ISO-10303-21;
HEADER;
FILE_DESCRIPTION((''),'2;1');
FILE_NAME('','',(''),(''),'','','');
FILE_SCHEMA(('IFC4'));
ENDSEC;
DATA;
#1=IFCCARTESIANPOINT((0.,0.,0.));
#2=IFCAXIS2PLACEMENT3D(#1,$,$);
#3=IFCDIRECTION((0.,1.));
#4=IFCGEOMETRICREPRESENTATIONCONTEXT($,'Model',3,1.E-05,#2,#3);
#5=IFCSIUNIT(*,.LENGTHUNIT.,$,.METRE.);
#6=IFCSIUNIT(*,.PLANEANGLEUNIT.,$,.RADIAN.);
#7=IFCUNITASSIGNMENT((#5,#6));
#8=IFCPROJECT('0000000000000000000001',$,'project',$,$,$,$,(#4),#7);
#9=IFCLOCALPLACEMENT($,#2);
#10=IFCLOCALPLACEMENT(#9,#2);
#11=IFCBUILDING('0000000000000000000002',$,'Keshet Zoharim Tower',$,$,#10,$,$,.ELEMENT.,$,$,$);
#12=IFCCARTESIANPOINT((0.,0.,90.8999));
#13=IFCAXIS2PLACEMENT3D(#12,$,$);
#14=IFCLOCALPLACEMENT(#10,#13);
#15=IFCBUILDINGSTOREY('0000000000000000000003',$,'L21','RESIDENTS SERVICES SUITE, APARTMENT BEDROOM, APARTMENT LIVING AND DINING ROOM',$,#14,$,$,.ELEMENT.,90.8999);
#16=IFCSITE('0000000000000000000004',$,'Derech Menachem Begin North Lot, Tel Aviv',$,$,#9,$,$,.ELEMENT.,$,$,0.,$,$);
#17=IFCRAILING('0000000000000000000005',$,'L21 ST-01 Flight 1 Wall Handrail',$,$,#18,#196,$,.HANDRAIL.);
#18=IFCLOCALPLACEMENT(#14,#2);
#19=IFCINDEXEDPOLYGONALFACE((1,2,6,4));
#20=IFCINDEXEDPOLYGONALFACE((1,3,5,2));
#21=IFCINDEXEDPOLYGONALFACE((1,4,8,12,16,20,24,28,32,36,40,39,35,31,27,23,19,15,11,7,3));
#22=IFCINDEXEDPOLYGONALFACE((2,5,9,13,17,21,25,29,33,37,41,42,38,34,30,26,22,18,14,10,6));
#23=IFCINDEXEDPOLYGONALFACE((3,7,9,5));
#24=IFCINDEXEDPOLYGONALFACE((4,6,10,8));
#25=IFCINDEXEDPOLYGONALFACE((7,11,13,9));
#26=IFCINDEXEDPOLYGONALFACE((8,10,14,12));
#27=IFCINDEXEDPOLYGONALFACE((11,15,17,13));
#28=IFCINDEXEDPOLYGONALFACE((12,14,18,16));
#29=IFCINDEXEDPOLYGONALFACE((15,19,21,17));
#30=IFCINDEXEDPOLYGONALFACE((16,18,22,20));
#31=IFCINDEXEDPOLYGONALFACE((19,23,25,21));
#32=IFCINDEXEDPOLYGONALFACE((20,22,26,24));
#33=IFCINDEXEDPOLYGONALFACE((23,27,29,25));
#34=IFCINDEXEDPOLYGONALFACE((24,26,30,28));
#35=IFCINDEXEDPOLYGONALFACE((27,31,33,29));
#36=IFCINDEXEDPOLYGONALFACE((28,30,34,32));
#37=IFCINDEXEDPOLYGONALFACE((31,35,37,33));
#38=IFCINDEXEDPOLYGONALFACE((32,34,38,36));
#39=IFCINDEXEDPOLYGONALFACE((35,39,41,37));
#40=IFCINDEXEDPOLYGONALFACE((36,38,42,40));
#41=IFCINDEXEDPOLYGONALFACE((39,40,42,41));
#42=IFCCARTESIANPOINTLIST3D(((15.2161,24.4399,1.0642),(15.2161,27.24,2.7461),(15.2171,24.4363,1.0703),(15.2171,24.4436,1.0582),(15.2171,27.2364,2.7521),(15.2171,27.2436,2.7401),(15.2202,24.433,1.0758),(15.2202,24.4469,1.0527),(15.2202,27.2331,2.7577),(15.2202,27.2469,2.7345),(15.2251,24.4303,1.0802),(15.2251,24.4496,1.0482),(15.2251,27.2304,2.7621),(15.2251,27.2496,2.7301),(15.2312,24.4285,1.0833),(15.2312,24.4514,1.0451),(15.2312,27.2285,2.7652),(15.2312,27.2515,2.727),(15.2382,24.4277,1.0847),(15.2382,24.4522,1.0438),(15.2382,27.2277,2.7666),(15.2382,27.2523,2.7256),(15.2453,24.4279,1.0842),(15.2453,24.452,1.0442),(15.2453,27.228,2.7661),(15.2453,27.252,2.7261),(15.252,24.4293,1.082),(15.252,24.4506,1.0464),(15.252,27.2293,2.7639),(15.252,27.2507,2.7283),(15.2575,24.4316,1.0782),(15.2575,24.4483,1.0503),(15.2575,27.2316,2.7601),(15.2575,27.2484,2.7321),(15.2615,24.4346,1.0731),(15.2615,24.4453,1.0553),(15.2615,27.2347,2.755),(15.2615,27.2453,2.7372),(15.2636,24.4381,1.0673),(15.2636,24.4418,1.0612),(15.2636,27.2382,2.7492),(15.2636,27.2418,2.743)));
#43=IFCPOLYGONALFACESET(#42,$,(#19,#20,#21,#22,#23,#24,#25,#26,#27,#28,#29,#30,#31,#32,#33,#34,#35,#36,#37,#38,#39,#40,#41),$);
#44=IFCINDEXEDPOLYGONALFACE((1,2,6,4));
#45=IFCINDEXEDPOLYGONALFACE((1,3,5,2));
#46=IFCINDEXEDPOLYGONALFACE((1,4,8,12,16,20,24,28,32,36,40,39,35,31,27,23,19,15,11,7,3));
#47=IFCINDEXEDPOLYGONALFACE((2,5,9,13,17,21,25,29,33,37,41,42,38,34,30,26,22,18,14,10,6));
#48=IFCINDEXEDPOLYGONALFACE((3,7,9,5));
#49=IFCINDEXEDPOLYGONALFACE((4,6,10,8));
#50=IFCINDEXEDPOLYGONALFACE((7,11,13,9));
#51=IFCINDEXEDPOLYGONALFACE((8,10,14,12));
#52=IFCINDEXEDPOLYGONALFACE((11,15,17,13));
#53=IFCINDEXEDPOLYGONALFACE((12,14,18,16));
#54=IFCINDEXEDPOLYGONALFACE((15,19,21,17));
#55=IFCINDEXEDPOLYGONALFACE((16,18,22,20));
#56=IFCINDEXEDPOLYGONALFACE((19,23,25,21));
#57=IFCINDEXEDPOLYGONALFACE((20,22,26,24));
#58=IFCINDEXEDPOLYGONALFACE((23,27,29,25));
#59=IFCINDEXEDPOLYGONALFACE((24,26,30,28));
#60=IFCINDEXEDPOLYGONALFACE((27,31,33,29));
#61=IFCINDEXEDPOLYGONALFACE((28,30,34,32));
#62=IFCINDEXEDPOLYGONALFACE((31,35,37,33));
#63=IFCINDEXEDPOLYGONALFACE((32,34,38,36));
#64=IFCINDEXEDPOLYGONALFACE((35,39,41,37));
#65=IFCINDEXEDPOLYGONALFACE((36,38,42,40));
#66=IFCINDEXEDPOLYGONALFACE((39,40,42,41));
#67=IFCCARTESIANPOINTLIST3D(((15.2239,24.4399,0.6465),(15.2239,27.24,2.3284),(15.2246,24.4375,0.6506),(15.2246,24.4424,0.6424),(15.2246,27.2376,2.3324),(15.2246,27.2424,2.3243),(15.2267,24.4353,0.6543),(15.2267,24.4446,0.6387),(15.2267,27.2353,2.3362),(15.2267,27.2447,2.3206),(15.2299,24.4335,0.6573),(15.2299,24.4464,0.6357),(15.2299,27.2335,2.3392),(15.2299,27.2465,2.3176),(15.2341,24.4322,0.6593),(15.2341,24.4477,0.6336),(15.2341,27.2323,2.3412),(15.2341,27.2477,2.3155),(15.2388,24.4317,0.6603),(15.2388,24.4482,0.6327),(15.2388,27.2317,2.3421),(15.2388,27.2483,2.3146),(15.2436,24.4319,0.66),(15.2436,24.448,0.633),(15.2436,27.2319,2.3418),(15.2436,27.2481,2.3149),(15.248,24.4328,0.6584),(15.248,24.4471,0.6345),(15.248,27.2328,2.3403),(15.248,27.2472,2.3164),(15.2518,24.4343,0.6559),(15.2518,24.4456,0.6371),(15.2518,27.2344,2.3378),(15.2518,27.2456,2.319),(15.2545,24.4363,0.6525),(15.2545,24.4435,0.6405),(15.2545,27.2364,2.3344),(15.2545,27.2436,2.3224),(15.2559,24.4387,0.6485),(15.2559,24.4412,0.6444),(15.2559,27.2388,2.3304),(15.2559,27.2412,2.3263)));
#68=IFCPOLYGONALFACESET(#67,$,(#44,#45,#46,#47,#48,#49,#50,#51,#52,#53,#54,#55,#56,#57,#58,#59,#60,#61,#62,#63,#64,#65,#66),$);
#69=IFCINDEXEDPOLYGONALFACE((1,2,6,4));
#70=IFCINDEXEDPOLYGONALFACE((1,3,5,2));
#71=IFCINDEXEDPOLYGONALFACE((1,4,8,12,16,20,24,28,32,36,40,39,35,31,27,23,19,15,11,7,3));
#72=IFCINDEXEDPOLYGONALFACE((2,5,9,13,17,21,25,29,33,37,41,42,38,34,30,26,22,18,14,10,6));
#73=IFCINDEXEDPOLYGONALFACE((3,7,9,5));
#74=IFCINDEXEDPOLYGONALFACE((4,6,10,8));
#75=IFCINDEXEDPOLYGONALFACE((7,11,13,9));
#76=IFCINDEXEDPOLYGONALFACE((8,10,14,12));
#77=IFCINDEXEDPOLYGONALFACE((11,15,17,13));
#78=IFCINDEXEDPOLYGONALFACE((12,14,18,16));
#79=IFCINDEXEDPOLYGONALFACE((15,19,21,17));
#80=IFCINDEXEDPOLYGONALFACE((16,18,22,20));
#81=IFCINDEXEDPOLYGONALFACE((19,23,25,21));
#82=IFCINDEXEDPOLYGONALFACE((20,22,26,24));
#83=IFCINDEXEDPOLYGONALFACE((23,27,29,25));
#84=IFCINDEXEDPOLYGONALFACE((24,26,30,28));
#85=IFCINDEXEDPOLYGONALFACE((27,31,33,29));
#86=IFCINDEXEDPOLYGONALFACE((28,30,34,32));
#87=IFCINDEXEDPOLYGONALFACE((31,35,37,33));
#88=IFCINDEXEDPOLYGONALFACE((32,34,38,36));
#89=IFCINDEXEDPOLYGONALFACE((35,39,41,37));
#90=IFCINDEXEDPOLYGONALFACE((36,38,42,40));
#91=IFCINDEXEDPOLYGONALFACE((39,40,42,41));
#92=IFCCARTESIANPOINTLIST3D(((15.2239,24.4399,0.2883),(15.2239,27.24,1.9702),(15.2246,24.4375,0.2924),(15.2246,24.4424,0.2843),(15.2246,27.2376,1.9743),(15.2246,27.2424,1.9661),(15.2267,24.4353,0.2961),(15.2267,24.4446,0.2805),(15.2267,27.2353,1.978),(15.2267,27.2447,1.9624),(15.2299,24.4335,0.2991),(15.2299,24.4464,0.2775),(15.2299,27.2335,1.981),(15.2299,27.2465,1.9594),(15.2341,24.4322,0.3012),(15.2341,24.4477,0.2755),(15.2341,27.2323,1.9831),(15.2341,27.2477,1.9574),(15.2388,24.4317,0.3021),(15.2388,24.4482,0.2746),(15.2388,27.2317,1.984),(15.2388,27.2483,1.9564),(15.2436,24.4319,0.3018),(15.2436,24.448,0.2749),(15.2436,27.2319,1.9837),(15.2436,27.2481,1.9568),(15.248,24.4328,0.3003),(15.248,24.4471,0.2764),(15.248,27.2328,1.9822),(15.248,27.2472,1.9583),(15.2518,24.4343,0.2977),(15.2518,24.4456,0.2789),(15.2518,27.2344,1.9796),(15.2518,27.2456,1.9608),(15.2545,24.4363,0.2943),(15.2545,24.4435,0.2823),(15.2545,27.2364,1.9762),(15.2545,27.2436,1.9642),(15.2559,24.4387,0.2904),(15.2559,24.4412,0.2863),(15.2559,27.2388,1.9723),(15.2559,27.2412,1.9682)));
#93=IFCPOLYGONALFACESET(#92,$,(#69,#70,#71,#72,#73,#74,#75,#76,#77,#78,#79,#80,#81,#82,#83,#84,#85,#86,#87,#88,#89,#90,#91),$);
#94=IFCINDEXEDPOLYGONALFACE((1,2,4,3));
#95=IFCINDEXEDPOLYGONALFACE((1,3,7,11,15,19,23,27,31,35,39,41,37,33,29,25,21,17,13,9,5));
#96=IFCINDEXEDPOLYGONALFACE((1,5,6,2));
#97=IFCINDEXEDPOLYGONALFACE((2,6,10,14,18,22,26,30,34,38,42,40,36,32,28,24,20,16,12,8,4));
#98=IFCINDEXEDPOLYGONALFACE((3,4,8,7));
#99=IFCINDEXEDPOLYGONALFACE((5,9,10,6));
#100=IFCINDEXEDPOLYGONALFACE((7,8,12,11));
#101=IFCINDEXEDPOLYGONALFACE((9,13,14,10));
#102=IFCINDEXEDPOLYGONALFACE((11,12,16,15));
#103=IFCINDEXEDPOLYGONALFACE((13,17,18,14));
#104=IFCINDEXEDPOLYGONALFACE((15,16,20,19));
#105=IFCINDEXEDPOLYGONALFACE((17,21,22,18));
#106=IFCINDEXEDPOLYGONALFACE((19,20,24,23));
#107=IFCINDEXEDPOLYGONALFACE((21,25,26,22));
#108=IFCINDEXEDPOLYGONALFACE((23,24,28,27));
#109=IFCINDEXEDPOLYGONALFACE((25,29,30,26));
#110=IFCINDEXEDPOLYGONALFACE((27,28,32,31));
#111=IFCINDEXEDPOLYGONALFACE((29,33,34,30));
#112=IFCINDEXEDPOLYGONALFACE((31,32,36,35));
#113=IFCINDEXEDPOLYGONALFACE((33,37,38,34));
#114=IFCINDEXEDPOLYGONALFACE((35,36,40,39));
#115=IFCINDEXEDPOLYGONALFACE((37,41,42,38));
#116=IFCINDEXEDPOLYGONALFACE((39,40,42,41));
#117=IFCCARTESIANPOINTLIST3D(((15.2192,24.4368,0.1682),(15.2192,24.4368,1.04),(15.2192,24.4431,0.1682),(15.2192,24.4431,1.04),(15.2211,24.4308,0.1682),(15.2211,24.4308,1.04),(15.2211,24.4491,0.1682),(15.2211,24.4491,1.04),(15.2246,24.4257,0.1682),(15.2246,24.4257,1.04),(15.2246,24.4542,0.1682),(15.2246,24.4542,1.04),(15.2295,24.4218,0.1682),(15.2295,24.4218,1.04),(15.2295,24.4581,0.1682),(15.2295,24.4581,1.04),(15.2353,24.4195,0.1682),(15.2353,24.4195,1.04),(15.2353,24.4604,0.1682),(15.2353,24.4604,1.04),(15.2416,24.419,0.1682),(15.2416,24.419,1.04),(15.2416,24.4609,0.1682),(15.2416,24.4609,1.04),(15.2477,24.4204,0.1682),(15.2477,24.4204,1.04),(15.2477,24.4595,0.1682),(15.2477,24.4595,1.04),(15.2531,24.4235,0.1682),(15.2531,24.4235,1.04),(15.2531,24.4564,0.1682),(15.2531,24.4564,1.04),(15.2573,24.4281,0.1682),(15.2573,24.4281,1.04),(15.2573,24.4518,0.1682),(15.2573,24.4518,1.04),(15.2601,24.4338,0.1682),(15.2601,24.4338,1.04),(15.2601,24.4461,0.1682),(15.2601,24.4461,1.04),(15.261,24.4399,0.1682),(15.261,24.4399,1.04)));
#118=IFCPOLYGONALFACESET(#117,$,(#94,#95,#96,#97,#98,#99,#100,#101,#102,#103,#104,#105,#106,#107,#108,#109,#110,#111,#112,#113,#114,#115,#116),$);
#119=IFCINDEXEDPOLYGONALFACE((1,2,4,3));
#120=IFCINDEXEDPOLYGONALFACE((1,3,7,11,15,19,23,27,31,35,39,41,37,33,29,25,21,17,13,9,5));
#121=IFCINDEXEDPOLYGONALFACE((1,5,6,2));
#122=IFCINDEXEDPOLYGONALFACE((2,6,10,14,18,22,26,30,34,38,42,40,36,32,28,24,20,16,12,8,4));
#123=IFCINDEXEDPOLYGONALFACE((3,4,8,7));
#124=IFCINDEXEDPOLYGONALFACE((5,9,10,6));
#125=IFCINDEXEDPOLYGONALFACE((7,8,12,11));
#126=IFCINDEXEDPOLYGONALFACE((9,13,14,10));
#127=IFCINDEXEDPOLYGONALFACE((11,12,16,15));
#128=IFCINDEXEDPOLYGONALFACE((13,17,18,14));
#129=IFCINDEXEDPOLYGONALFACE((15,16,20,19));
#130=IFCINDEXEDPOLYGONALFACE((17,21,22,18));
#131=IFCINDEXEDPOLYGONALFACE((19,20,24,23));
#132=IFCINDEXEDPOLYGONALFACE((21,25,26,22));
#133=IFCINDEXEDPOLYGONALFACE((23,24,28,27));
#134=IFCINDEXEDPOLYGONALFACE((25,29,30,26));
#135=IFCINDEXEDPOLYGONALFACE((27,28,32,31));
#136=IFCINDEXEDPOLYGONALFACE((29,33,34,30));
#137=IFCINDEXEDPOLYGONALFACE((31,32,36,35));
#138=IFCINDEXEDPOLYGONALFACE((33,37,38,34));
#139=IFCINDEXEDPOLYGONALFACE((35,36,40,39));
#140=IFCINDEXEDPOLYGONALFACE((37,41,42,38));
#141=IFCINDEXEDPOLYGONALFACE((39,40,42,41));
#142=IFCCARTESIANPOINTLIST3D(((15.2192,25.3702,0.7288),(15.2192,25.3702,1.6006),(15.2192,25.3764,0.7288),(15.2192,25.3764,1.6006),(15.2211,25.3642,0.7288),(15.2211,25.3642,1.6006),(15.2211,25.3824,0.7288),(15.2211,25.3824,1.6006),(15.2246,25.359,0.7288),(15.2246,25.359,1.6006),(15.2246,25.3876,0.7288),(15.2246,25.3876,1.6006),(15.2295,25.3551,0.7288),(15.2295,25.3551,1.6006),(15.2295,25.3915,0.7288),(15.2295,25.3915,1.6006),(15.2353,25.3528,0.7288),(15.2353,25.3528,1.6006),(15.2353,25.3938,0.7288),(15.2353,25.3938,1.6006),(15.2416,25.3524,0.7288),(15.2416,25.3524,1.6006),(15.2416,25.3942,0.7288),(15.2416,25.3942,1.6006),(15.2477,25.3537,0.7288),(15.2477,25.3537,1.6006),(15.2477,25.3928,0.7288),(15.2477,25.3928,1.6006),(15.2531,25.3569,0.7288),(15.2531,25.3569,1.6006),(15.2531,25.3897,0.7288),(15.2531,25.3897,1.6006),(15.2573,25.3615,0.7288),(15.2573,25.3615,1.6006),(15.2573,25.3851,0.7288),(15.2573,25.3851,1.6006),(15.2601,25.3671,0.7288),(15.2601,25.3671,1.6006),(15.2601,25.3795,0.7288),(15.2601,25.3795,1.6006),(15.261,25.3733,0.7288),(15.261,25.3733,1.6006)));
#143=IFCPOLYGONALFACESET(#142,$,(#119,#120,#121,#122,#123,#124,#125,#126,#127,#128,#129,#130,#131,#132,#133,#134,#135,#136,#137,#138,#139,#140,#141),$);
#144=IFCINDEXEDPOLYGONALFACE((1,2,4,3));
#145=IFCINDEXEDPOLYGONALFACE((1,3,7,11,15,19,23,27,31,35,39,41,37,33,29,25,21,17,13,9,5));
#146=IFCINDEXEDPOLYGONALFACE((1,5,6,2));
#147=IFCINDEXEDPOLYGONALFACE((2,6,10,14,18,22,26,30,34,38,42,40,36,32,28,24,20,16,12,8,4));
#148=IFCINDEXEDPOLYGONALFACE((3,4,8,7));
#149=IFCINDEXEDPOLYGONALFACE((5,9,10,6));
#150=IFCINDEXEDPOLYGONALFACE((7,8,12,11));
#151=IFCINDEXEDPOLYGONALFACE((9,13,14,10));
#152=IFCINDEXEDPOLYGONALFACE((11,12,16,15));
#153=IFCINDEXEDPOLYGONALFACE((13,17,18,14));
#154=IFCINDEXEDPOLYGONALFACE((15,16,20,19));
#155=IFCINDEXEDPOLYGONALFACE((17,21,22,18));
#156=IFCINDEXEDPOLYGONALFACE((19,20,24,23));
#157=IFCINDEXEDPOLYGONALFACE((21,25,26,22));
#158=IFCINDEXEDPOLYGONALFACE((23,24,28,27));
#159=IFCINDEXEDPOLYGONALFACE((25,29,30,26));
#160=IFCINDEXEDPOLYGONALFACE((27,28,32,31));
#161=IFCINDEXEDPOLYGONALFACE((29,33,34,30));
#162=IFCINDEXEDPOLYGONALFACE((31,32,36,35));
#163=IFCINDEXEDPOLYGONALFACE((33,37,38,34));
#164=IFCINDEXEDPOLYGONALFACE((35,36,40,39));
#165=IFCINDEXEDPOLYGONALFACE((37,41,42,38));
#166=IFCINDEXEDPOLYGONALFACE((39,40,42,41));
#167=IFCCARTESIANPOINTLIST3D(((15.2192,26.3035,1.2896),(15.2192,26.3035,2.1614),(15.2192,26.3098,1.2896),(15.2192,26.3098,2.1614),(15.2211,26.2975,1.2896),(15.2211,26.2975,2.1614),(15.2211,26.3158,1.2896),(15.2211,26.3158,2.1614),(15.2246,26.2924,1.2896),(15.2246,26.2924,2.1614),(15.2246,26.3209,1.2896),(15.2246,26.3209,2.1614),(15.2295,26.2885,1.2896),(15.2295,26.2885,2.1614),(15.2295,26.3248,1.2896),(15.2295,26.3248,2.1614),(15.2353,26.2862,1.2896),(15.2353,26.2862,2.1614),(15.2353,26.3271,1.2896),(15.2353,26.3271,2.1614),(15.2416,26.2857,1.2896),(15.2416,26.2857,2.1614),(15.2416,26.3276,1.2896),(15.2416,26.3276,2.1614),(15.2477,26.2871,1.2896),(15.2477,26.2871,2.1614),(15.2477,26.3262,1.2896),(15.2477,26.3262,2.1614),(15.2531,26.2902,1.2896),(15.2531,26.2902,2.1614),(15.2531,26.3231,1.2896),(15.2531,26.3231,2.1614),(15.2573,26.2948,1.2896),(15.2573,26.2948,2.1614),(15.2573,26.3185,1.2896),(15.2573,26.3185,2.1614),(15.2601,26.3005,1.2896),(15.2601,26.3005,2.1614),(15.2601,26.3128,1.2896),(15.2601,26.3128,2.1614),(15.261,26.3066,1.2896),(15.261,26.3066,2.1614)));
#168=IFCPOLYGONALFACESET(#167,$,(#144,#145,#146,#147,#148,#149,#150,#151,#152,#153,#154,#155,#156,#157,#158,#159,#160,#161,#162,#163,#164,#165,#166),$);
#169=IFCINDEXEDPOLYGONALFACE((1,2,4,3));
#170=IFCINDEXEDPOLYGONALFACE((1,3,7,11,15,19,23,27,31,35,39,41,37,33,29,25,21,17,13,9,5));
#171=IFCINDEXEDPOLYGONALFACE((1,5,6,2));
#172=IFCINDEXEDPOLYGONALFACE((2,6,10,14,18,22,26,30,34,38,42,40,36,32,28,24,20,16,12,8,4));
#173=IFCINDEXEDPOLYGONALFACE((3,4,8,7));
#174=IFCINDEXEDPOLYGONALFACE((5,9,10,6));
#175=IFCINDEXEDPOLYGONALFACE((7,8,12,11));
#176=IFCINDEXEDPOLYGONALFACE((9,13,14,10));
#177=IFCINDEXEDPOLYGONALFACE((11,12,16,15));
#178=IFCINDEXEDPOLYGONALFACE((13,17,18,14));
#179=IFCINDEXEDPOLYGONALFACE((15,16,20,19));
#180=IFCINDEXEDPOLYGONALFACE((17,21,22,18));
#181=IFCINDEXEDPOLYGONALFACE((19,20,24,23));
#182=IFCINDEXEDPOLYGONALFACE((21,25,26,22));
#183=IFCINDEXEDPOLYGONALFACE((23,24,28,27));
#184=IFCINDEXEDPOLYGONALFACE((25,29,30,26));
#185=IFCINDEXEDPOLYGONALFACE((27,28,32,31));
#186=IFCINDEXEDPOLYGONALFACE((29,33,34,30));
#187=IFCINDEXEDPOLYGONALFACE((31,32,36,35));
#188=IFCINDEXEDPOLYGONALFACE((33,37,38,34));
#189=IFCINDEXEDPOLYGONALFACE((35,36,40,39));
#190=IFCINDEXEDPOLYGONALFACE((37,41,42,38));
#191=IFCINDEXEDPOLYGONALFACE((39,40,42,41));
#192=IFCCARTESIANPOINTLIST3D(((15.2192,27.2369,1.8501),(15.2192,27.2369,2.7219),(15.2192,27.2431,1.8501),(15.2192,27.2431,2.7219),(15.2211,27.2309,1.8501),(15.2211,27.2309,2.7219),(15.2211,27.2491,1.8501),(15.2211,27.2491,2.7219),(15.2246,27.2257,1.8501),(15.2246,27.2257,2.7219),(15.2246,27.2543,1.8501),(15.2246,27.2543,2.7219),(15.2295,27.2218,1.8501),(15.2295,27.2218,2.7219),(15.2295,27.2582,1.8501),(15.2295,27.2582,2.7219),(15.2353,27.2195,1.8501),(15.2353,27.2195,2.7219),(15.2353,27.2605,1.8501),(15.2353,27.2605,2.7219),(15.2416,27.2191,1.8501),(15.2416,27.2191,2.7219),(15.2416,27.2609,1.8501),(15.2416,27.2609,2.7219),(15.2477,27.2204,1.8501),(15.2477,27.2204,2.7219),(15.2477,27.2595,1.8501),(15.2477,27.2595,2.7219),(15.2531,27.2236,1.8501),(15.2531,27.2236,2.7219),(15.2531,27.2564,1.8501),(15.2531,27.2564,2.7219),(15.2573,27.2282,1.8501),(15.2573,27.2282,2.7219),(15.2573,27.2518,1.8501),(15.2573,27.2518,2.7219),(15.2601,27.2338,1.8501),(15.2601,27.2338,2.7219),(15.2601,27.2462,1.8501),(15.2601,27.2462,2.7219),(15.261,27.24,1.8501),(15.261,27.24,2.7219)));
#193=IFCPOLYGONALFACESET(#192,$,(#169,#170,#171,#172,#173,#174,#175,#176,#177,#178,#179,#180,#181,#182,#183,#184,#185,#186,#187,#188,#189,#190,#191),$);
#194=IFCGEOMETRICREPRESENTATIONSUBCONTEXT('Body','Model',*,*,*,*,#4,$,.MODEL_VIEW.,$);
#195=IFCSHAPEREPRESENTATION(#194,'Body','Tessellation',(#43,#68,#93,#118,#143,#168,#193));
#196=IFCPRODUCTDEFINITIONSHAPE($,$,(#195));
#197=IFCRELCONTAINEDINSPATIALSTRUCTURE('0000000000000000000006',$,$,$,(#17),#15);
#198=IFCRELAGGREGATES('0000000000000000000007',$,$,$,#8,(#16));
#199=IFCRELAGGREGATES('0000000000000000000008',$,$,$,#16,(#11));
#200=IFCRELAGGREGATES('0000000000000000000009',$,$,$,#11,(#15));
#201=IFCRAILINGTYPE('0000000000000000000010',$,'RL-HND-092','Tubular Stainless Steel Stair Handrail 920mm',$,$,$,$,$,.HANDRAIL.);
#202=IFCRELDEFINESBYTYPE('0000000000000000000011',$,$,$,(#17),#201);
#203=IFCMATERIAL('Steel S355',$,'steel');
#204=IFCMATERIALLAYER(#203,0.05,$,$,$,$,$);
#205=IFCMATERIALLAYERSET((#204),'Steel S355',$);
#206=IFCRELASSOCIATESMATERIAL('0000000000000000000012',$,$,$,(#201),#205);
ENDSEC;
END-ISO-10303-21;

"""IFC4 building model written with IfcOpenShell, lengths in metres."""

from ifc_helpers import new_model, si_unit, direction, frame, origin, origin_2d, place, context, subcontext, project, spatial, circle, extrude, material, layer, layer_set, type_object, element, save


model = new_model("IFC4")

# Units and contexts
model_context = context("Model", 3, precision=1e-05, world=origin(), true_north=direction((0.0, 1.0)))
body_context = subcontext(model_context, "Body", "Model", "MODEL_VIEW")
ifc_project = project(units=[si_unit("LENGTHUNIT", "METRE"), si_unit("PLANEANGLEUNIT", "RADIAN")], contexts=[model_context])

# Site, building, storey
site_placement = place(None, origin())
site = spatial("IfcSite", under=ifc_project, at=site_placement, Name="Derech Menachem Begin North Lot, Tel Aviv", CompositionType="ELEMENT", RefElevation=0.0)
building_placement = place(site_placement, origin())
building = spatial("IfcBuilding", under=site, at=building_placement, Name="Keshet Zoharim Tower", CompositionType="ELEMENT")
storey_placement = place(building_placement, frame((0.0, 0.0, 90.8999)))
storey = spatial("IfcBuildingStorey", under=building, at=storey_placement, Name="L21", Description="RESIDENTS SERVICES SUITE, APARTMENT BEDROOM, APARTMENT LIVING AND DINING ROOM", CompositionType="ELEMENT", Elevation=90.8999)

# Railing
ifc_material_1 = material(Name="Steel S355", Category="steel")
ifc_layer_1 = layer(ifc_material_1, 0.05)
ifc_layer_set_1 = layer_set([ifc_layer_1], Name="Steel S355")
railing_type_1 = type_object("IfcRailingType", Name="RL-HND-092", Description="Tubular Stainless Steel Stair Handrail 920mm", PredefinedType="HANDRAIL", material=ifc_layer_set_1)
railing_1_placement = place(storey_placement, frame((15.24, 24.4399, 0.1682)))
element("IfcRailing", 1, at=railing_1_placement, inside=storey, type_object=railing_type_1, Name="L21 ST-01 Flight 1 Wall Handrail", PredefinedType="HANDRAIL", context=body_context, shape_type="SweptSolid", body=[
    extrude(circle(Radius=0.0239, at=origin_2d()), frame((0.0, 0.0, 0.896), z_axis=(0.0, 0.857242, 0.514913), x_axis=(-1.0, 0.0, 0.0)), (0.0, 0.0, 1.0), 3.2664),
    extrude(circle(Radius=0.0161, at=origin_2d()), frame((0.0, 0.0, 0.4783), z_axis=(0.0, 0.857242, 0.514913), x_axis=(-1.0, 0.0, 0.0)), (0.0, 0.0, 1.0), 3.2664),
    extrude(circle(Radius=0.0161, at=origin_2d()), frame((0.0, 0.0, 0.1201), z_axis=(0.0, 0.857242, 0.514913), x_axis=(-1.0, 0.0, 0.0)), (0.0, 0.0, 1.0), 3.2664),
    extrude(circle(Radius=0.021, at=origin_2d()), origin(), (0.0, 0.0, 1.0), 0.8718),
    extrude(circle(Radius=0.021, at=origin_2d()), frame((0.0, 0.9333, 0.5605)), (0.0, 0.0, 1.0), 0.8718),
    extrude(circle(Radius=0.021, at=origin_2d()), frame((0.0, 1.8667, 1.1213)), (0.0, 0.0, 1.0), 0.8718),
    extrude(circle(Radius=0.021, at=origin_2d()), frame((0.0, 2.8, 1.6819)), (0.0, 0.0, 1.0), 0.8718),
])

save(model, "model.ifc")
